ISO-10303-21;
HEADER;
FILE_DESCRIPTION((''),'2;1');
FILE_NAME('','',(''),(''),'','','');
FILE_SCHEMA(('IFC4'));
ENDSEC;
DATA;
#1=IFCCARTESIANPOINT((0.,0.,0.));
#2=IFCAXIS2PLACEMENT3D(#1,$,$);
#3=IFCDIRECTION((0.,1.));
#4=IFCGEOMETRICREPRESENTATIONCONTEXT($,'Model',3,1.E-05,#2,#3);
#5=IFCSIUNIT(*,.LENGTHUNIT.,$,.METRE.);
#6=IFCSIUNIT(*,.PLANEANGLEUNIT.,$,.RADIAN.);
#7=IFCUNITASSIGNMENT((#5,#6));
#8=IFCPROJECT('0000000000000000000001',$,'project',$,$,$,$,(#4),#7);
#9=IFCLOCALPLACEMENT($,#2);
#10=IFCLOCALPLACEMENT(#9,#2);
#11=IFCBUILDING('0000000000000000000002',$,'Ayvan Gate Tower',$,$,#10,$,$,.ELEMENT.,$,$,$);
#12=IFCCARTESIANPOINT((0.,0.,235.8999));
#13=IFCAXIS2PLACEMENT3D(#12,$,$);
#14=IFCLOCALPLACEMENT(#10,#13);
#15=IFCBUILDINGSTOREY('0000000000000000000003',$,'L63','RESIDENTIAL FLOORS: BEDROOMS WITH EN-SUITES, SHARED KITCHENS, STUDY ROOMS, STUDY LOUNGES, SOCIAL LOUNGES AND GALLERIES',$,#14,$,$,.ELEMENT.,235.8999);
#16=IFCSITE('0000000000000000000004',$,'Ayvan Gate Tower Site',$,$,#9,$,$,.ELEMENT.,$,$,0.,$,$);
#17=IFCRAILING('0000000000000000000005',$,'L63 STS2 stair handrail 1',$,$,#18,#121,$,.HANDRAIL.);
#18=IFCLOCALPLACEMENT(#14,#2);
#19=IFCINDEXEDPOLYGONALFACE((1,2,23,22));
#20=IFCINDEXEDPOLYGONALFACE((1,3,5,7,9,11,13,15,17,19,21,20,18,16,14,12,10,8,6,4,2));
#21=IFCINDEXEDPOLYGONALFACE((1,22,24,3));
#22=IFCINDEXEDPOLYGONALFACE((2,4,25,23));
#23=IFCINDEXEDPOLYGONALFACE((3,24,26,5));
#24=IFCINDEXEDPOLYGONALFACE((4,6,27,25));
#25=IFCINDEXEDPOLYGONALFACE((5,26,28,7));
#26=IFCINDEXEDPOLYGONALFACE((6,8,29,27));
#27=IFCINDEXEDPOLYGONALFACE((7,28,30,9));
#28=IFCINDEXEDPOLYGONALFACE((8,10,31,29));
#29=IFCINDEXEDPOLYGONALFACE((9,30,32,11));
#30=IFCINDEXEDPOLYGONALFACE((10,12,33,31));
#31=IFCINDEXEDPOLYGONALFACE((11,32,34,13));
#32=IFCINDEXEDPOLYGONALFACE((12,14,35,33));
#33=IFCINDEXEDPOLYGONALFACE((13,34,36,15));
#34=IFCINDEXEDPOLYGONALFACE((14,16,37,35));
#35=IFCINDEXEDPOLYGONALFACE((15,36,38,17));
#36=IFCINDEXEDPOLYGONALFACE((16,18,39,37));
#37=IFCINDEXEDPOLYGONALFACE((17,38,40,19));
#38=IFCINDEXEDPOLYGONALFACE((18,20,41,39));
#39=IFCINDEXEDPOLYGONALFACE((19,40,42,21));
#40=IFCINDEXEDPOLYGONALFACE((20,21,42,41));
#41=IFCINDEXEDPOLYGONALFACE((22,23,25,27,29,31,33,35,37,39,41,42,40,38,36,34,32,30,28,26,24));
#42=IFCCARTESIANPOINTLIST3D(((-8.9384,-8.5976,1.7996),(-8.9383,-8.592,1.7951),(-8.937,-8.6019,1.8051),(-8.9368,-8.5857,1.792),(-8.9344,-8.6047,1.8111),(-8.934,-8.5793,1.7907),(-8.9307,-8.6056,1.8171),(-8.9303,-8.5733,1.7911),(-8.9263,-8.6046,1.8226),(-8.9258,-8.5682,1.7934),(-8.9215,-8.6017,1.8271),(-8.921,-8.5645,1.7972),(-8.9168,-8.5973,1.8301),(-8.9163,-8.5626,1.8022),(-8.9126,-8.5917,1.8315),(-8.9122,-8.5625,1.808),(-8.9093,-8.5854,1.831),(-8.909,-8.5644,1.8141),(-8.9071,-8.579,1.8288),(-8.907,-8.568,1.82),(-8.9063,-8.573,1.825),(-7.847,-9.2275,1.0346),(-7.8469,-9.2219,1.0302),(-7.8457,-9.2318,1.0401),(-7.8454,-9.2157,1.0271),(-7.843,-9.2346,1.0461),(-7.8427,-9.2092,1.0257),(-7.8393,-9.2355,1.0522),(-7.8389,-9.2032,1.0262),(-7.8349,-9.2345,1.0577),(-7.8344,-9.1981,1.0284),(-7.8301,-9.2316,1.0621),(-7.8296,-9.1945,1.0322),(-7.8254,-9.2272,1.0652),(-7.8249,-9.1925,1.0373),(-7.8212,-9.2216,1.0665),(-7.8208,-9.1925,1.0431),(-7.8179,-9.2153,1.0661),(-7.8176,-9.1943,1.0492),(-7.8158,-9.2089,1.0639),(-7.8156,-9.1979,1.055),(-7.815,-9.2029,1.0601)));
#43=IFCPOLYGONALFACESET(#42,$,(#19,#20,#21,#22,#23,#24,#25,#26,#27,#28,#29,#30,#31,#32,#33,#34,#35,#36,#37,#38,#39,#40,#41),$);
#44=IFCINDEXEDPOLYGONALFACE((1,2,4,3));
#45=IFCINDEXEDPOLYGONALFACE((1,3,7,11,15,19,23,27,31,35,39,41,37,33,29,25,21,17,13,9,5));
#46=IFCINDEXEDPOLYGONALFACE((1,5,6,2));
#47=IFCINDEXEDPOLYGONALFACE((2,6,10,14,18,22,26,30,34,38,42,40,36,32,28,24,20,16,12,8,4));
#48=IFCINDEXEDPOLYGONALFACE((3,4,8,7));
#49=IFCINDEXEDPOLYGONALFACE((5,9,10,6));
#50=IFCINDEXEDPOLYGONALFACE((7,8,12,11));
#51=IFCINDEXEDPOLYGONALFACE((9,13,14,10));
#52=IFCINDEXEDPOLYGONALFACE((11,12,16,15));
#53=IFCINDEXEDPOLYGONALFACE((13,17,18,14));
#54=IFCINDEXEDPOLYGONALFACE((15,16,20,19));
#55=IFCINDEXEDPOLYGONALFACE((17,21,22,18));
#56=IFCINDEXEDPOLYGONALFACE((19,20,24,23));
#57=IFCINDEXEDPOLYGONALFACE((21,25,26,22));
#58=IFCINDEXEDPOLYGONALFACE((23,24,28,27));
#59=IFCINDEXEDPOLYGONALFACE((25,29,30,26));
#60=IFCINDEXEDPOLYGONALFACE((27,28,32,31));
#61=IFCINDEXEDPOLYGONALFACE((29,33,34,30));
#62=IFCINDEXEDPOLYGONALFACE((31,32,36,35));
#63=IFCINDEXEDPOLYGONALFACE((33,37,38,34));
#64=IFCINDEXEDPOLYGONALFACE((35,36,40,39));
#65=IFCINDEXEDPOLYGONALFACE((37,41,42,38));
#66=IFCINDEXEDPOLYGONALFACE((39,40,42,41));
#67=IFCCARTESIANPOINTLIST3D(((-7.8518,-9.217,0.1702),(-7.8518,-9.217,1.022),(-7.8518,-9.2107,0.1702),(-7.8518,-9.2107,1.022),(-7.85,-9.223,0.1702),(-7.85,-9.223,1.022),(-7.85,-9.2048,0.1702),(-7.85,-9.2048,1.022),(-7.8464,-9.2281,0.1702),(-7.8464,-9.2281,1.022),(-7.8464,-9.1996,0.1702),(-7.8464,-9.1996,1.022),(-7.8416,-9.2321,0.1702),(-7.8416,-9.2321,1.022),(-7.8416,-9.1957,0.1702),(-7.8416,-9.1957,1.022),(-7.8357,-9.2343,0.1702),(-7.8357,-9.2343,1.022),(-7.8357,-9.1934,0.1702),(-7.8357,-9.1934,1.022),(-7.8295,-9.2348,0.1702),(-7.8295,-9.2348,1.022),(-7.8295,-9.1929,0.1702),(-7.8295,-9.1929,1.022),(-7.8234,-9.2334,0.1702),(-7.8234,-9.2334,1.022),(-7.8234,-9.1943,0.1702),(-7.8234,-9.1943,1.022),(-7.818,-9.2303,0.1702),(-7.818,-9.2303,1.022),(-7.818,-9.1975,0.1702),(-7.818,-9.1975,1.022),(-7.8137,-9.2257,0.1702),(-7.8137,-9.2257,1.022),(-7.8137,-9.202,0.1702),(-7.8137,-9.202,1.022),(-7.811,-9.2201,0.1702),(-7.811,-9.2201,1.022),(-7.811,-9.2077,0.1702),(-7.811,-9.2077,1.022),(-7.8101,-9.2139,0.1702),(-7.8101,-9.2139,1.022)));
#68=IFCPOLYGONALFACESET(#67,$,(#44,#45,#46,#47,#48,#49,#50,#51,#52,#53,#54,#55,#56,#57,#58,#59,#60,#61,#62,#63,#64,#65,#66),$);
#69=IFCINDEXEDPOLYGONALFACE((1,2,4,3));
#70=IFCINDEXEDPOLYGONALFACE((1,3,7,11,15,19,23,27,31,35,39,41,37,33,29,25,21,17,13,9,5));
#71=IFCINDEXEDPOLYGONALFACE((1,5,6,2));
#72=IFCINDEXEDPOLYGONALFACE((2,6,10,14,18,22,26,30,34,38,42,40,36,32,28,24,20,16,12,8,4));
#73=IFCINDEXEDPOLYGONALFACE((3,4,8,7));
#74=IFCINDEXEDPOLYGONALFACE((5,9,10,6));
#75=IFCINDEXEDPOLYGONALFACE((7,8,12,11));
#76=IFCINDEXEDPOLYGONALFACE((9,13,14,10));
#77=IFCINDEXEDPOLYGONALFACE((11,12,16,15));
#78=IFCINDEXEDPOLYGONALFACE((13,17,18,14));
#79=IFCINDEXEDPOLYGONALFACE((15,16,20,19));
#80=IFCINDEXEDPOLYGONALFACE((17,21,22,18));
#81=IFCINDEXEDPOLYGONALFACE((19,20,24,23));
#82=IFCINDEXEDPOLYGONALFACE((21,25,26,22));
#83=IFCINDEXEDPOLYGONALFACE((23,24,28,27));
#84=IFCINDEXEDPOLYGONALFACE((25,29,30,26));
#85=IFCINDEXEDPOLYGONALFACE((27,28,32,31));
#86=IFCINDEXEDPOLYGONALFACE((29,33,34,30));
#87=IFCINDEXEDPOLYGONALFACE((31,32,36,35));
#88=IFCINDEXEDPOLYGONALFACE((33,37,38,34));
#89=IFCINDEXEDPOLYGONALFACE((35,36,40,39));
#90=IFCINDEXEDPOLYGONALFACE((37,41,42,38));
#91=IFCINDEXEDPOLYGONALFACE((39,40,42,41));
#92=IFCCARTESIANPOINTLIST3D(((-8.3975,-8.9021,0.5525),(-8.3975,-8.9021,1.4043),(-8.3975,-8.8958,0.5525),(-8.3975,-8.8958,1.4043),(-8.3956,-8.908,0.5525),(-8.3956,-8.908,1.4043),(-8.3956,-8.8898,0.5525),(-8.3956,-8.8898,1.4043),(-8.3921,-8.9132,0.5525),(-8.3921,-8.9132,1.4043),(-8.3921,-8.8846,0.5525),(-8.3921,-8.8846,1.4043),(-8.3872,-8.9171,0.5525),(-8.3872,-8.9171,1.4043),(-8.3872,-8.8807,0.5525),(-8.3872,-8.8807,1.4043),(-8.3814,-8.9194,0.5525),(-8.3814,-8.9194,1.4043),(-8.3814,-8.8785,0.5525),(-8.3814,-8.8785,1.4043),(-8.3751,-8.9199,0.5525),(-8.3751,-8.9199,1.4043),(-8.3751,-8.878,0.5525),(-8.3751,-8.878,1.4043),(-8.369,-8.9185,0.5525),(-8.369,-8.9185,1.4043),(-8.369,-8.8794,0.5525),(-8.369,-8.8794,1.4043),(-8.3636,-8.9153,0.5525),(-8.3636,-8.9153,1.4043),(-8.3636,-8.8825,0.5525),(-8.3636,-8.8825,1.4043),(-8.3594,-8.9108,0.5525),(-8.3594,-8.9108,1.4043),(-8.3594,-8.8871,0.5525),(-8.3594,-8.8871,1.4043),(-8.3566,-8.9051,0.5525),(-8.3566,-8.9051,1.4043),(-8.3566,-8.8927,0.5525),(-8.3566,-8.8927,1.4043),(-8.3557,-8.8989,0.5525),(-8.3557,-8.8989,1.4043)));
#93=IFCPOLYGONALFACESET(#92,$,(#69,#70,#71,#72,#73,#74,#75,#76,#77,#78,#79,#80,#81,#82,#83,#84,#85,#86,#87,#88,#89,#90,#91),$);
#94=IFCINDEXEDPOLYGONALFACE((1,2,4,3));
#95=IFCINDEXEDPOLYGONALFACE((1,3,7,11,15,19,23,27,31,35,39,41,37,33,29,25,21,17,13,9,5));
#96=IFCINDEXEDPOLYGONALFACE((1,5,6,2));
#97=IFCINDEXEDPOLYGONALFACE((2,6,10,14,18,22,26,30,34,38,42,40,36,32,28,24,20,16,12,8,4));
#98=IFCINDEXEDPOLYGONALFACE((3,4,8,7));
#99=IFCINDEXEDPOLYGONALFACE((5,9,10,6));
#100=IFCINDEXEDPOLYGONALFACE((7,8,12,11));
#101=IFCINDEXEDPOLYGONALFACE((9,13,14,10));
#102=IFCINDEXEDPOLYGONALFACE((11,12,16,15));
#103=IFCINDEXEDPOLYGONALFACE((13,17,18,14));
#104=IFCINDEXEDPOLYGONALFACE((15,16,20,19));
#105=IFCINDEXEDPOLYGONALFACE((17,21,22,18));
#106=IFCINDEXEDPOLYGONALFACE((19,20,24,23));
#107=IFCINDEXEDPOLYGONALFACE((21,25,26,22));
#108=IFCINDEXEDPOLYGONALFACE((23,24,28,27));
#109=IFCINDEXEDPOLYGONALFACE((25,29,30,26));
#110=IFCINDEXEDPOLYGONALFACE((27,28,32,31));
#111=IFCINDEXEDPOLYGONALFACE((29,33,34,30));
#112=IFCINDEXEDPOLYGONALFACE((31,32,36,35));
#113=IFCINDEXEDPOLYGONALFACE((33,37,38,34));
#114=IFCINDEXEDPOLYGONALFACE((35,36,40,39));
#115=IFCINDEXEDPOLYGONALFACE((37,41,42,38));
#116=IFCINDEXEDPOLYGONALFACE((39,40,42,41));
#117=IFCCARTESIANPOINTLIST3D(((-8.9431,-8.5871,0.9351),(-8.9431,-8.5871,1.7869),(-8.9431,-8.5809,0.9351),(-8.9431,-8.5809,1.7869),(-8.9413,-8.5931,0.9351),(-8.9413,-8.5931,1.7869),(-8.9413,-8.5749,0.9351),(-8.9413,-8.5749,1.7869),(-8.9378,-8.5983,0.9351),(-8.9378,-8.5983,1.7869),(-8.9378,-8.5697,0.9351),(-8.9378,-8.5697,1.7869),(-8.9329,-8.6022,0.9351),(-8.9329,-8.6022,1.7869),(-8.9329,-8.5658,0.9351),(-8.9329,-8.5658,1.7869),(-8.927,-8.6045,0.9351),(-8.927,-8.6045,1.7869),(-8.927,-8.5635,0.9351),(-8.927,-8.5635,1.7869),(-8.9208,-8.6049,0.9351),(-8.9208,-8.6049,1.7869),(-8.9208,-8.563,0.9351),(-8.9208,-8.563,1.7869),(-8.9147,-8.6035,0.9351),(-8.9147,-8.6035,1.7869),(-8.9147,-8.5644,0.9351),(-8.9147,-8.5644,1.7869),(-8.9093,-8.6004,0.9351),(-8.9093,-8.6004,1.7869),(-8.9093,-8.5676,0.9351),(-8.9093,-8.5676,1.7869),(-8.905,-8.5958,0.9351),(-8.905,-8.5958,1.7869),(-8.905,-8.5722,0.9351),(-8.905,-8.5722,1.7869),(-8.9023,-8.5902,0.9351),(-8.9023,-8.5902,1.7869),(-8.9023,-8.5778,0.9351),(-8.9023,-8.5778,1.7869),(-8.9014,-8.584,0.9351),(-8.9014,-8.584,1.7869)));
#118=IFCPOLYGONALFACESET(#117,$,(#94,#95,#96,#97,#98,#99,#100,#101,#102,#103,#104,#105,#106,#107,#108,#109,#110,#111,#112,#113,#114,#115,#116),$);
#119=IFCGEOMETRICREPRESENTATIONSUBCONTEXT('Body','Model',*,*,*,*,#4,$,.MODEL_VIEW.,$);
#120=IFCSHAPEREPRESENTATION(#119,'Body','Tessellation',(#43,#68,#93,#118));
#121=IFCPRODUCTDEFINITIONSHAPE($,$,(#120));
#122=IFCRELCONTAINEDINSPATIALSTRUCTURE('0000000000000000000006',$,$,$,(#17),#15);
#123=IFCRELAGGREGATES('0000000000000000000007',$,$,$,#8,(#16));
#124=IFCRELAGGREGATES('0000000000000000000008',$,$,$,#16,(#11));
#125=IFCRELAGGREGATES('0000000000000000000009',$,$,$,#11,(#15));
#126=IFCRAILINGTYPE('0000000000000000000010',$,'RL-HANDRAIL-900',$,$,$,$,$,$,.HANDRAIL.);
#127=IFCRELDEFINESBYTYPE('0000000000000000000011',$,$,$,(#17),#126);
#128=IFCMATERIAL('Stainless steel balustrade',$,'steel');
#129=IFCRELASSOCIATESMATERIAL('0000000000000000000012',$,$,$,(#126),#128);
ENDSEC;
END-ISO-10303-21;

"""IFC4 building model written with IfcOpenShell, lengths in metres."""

from ifc_helpers import new_model, si_unit, direction, frame, origin, origin_2d, place, context, subcontext, project, spatial, circle, extrude, material, type_object, element, save


model = new_model("IFC4")

# Units and contexts
model_context = context("Model", 3, precision=1e-05, world=origin(), true_north=direction((0.0, 1.0)))
body_context = subcontext(model_context, "Body", "Model", "MODEL_VIEW")
ifc_project = project(units=[si_unit("LENGTHUNIT", "METRE"), si_unit("PLANEANGLEUNIT", "RADIAN")], contexts=[model_context])

# Site, building, storey
site_placement = place(None, origin())
site = spatial("IfcSite", under=ifc_project, at=site_placement, Name="Ayvan Gate Tower Site", CompositionType="ELEMENT", RefElevation=0.0)
building_placement = place(site_placement, origin())
building = spatial("IfcBuilding", under=site, at=building_placement, Name="Ayvan Gate Tower", CompositionType="ELEMENT")
storey_placement = place(building_placement, frame((0.0, 0.0, 235.8999)))
storey = spatial("IfcBuildingStorey", under=building, at=storey_placement, Name="L63", Description="RESIDENTIAL FLOORS: BEDROOMS WITH EN-SUITES, SHARED KITCHENS, STUDY ROOMS, STUDY LOUNGES, SOCIAL LOUNGES AND GALLERIES", CompositionType="ELEMENT", Elevation=235.8999)

# Railing
ifc_material_1 = material(Name="Stainless steel balustrade", Category="steel")
railing_type = type_object("IfcRailingType", Name="RL-HANDRAIL-900", PredefinedType="HANDRAIL", material=ifc_material_1)
railing_placement = place(storey_placement, frame((-7.8311, -9.2139, 0.1702)))
element("IfcRailing", 1, at=railing_placement, inside=storey, type_object=railing_type, Name="L63 STS2 stair handrail 1", PredefinedType="HANDRAIL", context=body_context, shape_type="SweptSolid", body=[
    extrude(circle(Radius=0.0239, at=origin_2d()), frame((0.0, 0.0, 0.876), z_axis=(-0.740357, 0.42732, 0.518912), x_axis=(-0.49989, -0.866089, 0.0)), (0.0, 0.0, 1.0), 1.4741),
    extrude(circle(Radius=0.021, at=origin_2d()), origin(), (0.0, 0.0, 1.0), 0.8518),
    extrude(circle(Radius=0.021, at=origin_2d()), frame((-0.5457, 0.3149, 0.3823)), (0.0, 0.0, 1.0), 0.8518),
    extrude(circle(Radius=0.021, at=origin_2d()), frame((-1.0913, 0.6299, 0.7649)), (0.0, 0.0, 1.0), 0.8518),
])

save(model, "model.ifc")
